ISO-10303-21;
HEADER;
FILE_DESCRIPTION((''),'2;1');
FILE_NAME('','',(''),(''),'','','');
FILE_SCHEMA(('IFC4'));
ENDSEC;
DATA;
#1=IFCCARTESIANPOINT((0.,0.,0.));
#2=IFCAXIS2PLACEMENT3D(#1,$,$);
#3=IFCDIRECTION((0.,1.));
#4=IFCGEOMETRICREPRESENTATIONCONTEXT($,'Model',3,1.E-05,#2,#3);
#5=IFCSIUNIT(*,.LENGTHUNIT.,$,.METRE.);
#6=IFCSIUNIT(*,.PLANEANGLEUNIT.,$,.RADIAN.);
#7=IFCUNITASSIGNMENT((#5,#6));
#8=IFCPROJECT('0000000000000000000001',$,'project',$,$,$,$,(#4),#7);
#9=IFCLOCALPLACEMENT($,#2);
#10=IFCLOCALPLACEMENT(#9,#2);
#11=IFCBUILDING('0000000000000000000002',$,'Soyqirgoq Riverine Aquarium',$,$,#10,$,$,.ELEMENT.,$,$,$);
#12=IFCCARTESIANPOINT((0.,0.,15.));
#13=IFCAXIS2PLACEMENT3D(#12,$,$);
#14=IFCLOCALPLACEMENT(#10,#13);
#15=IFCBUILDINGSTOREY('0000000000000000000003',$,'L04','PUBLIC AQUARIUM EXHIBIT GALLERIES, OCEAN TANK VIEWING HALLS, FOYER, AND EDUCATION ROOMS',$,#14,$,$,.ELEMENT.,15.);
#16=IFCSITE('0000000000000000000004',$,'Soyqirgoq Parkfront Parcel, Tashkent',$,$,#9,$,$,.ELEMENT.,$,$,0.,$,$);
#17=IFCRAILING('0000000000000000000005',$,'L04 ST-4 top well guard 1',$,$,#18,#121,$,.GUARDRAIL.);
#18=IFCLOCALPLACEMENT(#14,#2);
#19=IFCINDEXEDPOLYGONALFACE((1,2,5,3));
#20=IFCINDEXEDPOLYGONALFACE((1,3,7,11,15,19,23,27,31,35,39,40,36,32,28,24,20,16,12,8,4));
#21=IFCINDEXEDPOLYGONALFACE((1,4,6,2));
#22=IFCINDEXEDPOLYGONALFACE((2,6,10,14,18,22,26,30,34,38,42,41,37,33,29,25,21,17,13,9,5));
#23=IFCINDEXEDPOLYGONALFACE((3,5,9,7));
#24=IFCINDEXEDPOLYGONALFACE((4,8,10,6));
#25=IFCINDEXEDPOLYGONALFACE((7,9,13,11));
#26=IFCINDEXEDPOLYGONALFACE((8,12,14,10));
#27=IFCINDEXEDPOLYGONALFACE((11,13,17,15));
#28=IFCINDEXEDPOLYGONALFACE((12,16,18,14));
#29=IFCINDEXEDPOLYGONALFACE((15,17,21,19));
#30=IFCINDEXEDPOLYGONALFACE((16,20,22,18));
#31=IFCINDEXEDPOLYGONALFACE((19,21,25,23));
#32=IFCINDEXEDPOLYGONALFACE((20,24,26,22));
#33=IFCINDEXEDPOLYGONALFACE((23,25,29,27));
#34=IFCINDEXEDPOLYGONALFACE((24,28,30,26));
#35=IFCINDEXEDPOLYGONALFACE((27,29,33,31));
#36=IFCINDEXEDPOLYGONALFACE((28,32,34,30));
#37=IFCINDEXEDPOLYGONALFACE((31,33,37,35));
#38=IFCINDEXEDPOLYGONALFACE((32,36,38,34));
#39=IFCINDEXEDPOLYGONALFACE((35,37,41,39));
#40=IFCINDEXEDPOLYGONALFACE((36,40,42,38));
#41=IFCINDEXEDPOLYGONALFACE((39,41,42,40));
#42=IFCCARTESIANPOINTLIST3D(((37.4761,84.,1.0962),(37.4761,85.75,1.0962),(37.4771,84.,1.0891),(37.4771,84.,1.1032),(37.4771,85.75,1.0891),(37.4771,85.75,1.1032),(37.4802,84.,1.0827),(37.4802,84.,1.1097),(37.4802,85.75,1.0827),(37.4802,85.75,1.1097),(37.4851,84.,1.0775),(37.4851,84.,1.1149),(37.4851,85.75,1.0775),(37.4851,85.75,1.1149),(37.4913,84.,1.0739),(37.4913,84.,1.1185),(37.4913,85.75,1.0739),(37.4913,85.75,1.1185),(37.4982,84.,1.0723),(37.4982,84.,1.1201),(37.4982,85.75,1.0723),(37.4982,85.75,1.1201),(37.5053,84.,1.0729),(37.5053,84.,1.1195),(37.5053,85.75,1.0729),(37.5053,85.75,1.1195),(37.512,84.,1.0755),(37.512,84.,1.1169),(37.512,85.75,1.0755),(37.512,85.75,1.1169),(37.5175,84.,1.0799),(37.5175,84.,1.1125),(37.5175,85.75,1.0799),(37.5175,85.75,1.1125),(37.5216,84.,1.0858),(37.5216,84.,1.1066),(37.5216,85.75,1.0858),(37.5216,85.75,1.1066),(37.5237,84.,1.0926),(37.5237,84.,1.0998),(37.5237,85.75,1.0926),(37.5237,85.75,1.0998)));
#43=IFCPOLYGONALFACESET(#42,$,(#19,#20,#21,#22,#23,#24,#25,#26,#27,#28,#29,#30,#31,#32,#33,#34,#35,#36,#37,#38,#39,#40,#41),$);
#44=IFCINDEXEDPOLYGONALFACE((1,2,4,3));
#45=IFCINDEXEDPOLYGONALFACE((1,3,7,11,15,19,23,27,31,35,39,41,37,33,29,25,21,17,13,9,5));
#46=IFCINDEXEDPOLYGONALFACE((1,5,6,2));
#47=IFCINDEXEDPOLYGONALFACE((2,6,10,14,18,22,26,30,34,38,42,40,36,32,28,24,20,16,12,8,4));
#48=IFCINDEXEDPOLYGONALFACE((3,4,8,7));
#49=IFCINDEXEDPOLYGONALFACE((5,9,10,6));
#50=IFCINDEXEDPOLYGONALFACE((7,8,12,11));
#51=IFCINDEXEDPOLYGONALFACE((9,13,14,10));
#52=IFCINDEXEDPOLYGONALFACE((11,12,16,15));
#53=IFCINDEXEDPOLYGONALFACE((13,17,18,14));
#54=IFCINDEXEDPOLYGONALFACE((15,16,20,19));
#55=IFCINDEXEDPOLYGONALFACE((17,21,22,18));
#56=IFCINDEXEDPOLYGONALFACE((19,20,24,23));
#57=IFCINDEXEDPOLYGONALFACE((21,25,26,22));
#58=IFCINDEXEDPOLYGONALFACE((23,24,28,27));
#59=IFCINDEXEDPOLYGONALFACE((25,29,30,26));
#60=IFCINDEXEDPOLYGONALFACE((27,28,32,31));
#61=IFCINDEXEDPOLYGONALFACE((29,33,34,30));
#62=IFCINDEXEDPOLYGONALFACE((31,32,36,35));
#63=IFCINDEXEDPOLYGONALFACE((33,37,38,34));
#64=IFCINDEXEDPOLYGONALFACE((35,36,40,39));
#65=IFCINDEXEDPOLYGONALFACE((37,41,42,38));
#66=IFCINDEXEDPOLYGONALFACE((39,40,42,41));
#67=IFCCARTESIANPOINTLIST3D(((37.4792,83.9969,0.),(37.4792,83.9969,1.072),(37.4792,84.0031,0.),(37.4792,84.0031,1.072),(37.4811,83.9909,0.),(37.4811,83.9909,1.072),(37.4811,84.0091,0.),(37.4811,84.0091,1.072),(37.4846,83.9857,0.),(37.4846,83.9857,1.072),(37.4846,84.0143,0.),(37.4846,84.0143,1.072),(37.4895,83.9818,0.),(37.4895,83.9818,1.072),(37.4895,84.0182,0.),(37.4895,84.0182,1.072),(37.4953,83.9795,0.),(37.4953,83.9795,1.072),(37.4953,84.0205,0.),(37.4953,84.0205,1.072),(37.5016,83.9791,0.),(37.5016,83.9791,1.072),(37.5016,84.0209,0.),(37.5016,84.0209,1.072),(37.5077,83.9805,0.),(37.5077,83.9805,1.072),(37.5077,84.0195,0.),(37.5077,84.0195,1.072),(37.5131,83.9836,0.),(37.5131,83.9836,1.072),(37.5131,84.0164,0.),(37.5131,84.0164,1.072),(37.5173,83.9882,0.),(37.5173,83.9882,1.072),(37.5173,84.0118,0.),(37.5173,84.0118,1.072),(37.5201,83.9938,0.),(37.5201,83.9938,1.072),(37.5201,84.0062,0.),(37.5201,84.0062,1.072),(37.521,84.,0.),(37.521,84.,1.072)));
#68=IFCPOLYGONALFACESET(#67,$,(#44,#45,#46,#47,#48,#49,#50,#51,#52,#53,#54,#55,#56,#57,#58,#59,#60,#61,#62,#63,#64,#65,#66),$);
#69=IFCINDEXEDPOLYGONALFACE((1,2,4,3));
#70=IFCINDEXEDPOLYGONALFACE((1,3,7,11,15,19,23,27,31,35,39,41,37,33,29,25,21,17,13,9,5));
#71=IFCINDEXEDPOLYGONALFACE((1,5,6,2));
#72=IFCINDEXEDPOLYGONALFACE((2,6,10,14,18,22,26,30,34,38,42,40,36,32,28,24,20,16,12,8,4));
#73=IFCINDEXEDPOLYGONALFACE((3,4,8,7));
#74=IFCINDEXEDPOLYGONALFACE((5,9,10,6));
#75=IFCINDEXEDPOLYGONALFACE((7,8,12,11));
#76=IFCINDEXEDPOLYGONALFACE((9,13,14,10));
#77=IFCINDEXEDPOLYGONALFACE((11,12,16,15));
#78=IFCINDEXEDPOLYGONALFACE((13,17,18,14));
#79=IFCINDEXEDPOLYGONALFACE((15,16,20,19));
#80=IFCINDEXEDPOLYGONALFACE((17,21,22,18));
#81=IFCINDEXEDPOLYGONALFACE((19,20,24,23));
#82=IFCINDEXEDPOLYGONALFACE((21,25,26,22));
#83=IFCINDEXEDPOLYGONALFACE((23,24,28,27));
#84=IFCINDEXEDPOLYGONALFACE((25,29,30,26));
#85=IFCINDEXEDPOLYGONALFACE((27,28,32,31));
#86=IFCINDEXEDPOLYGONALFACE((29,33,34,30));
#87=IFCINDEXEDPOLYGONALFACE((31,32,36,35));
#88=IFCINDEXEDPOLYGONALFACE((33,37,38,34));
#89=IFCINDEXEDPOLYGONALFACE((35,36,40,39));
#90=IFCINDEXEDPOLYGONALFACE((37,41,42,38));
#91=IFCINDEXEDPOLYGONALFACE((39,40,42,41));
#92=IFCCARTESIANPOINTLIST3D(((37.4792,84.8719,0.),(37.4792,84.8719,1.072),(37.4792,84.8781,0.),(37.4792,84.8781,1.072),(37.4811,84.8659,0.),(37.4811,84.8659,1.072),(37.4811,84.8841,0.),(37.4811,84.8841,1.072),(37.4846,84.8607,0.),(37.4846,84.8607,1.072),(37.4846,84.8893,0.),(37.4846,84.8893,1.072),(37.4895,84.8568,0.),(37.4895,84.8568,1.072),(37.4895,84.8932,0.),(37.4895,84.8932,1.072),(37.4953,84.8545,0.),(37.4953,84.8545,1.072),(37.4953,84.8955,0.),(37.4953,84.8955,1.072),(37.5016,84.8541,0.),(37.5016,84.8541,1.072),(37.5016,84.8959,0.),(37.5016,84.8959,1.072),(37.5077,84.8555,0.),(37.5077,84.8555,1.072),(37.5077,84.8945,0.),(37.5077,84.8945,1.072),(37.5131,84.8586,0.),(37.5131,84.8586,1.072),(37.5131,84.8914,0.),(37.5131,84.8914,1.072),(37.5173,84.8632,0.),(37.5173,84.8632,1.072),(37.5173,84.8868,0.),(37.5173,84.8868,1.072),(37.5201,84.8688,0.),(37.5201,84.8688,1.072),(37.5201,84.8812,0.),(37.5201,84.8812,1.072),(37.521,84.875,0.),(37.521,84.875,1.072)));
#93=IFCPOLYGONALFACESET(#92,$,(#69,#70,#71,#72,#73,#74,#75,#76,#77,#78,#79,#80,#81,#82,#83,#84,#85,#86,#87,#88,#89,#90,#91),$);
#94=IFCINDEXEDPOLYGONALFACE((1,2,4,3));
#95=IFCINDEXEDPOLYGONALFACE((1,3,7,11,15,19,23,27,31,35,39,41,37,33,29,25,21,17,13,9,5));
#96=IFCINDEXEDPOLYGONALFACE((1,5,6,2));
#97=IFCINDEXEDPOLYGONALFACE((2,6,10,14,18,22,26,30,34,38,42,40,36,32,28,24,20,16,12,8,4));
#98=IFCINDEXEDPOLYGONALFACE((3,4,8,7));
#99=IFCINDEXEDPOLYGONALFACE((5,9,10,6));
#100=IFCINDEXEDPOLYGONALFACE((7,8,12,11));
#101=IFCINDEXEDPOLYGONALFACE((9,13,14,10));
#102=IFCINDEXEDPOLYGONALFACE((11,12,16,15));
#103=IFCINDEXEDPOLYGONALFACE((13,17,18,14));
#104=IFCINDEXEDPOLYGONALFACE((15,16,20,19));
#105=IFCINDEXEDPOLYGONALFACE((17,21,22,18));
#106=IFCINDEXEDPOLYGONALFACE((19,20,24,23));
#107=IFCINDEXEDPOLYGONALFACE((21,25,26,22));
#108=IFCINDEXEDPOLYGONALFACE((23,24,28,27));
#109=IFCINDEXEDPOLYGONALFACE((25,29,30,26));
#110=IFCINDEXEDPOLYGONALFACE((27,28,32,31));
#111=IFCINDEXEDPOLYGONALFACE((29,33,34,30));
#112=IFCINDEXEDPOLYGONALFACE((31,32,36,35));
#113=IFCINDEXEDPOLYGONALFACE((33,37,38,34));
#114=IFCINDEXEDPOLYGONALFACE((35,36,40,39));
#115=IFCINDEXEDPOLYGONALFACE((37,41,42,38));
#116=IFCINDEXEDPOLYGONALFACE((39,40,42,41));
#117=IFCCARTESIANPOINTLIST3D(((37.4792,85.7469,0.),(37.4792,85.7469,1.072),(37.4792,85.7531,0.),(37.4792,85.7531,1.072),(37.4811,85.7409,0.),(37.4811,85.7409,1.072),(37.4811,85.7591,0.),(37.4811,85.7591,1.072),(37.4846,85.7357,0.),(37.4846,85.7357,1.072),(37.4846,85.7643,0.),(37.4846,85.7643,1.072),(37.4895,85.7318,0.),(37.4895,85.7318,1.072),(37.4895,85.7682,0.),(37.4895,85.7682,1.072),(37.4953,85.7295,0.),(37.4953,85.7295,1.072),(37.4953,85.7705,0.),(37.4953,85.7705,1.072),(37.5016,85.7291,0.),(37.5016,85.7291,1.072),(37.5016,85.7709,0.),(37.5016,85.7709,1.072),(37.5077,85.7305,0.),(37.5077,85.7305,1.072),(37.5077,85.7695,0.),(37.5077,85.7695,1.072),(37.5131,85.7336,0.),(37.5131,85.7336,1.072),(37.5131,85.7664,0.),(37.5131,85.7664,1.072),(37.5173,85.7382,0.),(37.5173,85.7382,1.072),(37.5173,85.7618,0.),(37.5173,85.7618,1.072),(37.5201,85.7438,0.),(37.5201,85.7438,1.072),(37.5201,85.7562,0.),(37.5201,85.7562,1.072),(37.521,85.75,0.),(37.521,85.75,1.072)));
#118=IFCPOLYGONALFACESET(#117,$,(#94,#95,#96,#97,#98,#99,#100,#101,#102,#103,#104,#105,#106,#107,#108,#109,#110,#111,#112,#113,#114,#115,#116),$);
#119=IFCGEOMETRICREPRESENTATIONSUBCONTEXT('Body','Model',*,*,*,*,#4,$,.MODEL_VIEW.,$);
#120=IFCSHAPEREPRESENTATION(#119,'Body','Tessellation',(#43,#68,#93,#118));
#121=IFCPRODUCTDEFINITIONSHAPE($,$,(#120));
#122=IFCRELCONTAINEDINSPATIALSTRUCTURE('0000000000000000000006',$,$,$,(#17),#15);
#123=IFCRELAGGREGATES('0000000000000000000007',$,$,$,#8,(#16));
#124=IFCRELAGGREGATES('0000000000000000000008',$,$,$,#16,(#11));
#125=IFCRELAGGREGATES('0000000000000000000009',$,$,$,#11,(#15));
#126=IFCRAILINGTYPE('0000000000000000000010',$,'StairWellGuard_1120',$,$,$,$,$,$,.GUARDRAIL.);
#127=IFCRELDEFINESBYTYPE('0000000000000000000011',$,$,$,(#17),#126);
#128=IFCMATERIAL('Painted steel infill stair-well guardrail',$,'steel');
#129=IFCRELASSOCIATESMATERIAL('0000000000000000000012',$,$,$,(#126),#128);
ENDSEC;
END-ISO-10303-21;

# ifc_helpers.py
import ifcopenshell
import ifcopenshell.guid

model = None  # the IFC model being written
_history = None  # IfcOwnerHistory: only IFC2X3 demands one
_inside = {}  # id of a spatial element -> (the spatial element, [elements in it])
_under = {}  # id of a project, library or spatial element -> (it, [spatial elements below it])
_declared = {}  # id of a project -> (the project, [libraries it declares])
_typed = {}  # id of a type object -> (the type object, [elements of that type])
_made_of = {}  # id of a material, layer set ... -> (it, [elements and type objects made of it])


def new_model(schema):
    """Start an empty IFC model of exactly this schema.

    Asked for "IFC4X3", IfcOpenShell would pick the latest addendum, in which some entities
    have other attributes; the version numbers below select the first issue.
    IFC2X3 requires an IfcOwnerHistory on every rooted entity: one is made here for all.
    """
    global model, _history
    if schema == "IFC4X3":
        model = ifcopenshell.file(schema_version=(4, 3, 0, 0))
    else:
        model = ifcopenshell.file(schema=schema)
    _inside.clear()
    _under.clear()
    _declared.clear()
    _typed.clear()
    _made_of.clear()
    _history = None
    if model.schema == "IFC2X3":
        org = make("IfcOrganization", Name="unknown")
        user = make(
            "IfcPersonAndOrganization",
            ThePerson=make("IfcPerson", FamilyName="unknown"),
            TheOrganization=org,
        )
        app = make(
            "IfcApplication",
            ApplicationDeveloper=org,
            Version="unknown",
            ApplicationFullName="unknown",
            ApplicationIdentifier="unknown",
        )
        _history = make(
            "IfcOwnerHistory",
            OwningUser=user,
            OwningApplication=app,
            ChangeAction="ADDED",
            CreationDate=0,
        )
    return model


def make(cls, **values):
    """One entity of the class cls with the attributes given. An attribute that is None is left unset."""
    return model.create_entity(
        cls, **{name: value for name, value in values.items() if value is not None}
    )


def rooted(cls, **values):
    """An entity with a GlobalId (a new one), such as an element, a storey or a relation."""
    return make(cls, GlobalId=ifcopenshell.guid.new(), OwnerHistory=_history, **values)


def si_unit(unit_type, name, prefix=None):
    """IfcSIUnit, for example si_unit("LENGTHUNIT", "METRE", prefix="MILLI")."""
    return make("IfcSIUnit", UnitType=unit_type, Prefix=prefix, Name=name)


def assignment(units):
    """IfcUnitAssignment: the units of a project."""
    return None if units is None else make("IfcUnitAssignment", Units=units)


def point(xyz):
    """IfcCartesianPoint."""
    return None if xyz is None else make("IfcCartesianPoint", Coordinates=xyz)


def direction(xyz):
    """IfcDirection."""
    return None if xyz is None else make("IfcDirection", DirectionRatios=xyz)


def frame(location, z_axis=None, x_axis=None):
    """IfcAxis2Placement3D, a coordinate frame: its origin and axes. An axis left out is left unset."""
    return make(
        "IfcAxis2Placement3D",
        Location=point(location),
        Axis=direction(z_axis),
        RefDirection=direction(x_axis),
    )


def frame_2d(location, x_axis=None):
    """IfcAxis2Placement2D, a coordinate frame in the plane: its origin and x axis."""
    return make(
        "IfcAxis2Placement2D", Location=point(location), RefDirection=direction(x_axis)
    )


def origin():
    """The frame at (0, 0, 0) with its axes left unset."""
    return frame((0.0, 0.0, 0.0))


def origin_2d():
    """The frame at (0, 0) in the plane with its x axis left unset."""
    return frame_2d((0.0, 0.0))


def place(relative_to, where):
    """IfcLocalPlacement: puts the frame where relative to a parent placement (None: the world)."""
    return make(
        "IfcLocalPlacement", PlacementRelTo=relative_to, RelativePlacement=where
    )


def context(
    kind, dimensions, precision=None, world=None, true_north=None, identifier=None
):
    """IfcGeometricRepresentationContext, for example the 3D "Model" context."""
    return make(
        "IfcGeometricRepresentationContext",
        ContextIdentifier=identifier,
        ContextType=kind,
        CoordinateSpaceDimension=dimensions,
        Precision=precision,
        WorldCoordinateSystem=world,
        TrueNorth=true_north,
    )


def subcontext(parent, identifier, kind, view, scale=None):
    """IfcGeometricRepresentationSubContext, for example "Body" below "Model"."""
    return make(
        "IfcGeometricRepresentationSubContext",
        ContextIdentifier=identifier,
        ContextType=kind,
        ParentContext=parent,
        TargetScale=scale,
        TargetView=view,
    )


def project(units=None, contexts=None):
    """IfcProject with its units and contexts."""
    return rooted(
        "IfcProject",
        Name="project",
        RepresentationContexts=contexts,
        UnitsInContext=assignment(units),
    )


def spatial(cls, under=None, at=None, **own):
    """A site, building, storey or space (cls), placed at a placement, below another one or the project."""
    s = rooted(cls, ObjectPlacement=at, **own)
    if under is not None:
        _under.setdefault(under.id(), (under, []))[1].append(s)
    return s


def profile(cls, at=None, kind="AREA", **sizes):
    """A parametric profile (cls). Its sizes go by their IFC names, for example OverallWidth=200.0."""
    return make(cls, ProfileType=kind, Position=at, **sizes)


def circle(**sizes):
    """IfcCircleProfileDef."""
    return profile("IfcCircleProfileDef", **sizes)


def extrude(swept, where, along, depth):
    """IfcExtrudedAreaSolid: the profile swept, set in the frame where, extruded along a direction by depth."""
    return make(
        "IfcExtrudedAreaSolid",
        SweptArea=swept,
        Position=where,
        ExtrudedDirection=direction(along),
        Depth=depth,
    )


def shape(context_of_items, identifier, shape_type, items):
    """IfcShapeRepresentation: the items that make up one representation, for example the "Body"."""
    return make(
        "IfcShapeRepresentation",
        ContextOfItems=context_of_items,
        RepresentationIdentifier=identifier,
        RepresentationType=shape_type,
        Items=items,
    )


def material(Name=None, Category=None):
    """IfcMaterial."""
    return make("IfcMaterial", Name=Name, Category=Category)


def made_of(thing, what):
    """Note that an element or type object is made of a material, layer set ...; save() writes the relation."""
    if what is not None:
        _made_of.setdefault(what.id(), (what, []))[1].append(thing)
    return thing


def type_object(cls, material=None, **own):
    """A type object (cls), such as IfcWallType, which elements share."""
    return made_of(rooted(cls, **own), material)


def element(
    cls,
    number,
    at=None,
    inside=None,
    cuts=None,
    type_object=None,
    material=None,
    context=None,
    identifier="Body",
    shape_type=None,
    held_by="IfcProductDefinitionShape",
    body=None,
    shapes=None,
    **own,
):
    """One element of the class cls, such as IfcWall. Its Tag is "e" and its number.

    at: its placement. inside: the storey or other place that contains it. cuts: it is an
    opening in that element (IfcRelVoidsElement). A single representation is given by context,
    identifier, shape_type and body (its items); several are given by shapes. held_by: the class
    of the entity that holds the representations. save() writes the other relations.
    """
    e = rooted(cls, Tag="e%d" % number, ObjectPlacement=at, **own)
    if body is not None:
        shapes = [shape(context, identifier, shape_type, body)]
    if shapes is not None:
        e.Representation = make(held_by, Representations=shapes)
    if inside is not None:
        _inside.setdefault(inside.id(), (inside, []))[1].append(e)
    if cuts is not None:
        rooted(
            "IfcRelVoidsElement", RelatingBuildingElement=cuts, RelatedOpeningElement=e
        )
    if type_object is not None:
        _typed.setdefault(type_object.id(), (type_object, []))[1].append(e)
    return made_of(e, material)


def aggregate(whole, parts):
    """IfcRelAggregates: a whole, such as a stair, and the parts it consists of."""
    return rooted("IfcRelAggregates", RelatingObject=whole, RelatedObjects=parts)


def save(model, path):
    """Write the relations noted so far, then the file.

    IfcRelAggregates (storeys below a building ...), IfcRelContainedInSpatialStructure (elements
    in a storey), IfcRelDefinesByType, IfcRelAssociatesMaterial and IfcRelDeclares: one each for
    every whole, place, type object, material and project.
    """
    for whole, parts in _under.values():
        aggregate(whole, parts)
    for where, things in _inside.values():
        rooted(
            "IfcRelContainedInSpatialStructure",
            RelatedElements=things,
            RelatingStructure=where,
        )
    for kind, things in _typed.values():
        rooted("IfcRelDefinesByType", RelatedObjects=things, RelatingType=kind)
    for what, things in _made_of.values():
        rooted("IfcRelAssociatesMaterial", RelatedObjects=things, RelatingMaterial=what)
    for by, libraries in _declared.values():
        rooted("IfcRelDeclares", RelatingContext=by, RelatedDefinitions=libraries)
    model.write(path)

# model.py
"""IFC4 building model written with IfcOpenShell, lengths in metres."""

from ifc_helpers import new_model, si_unit, direction, frame, origin, origin_2d, place, context, subcontext, project, spatial, circle, extrude, material, type_object, element, save


model = new_model("IFC4")

# Units and contexts
model_context = context("Model", 3, precision=1e-05, world=origin(), true_north=direction((0.0, 1.0)))
body_context = subcontext(model_context, "Body", "Model", "MODEL_VIEW")
ifc_project = project(units=[si_unit("LENGTHUNIT", "METRE"), si_unit("PLANEANGLEUNIT", "RADIAN")], contexts=[model_context])

# Site, building, storey
site_placement = place(None, origin())
site = spatial("IfcSite", under=ifc_project, at=site_placement, Name="Soyqirgoq Parkfront Parcel, Tashkent", CompositionType="ELEMENT", RefElevation=0.0)
building_placement = place(site_placement, origin())
building = spatial("IfcBuilding", under=site, at=building_placement, Name="Soyqirgoq Riverine Aquarium", CompositionType="ELEMENT")
storey_placement = place(building_placement, frame((0.0, 0.0, 15.0)))
storey = spatial("IfcBuildingStorey", under=building, at=storey_placement, Name="L04", Description="PUBLIC AQUARIUM EXHIBIT GALLERIES, OCEAN TANK VIEWING HALLS, FOYER, AND EDUCATION ROOMS", CompositionType="ELEMENT", Elevation=15.0)

# Railing
ifc_material_1 = material(Name="Painted steel infill stair-well guardrail", Category="steel")
railing_type = type_object("IfcRailingType", Name="StairWellGuard_1120", PredefinedType="GUARDRAIL", material=ifc_material_1)
railing_placement = place(storey_placement, frame((37.5, 84.0, 0.0)))
element("IfcRailing", 1, at=railing_placement, inside=storey, type_object=railing_type, Name="L04 ST-4 top well guard 1", PredefinedType="GUARDRAIL", context=body_context, shape_type="SweptSolid", body=[
    extrude(circle(Radius=0.0239, at=origin_2d()), frame((0.0, 0.0, 1.0962), z_axis=(0.0, 1.0, 0.0), x_axis=(-1.0, 0.0, 0.0)), (0.0, 0.0, 1.0), 1.75),
    extrude(circle(Radius=0.021, at=origin_2d()), origin(), (0.0, 0.0, 1.0), 1.072),
    extrude(circle(Radius=0.021, at=origin_2d()), frame((0.0, 0.875, 0.0)), (0.0, 0.0, 1.0), 1.072),
    extrude(circle(Radius=0.021, at=origin_2d()), frame((0.0, 1.75, 0.0)), (0.0, 0.0, 1.0), 1.072),
])

save(model, "model.ifc")
